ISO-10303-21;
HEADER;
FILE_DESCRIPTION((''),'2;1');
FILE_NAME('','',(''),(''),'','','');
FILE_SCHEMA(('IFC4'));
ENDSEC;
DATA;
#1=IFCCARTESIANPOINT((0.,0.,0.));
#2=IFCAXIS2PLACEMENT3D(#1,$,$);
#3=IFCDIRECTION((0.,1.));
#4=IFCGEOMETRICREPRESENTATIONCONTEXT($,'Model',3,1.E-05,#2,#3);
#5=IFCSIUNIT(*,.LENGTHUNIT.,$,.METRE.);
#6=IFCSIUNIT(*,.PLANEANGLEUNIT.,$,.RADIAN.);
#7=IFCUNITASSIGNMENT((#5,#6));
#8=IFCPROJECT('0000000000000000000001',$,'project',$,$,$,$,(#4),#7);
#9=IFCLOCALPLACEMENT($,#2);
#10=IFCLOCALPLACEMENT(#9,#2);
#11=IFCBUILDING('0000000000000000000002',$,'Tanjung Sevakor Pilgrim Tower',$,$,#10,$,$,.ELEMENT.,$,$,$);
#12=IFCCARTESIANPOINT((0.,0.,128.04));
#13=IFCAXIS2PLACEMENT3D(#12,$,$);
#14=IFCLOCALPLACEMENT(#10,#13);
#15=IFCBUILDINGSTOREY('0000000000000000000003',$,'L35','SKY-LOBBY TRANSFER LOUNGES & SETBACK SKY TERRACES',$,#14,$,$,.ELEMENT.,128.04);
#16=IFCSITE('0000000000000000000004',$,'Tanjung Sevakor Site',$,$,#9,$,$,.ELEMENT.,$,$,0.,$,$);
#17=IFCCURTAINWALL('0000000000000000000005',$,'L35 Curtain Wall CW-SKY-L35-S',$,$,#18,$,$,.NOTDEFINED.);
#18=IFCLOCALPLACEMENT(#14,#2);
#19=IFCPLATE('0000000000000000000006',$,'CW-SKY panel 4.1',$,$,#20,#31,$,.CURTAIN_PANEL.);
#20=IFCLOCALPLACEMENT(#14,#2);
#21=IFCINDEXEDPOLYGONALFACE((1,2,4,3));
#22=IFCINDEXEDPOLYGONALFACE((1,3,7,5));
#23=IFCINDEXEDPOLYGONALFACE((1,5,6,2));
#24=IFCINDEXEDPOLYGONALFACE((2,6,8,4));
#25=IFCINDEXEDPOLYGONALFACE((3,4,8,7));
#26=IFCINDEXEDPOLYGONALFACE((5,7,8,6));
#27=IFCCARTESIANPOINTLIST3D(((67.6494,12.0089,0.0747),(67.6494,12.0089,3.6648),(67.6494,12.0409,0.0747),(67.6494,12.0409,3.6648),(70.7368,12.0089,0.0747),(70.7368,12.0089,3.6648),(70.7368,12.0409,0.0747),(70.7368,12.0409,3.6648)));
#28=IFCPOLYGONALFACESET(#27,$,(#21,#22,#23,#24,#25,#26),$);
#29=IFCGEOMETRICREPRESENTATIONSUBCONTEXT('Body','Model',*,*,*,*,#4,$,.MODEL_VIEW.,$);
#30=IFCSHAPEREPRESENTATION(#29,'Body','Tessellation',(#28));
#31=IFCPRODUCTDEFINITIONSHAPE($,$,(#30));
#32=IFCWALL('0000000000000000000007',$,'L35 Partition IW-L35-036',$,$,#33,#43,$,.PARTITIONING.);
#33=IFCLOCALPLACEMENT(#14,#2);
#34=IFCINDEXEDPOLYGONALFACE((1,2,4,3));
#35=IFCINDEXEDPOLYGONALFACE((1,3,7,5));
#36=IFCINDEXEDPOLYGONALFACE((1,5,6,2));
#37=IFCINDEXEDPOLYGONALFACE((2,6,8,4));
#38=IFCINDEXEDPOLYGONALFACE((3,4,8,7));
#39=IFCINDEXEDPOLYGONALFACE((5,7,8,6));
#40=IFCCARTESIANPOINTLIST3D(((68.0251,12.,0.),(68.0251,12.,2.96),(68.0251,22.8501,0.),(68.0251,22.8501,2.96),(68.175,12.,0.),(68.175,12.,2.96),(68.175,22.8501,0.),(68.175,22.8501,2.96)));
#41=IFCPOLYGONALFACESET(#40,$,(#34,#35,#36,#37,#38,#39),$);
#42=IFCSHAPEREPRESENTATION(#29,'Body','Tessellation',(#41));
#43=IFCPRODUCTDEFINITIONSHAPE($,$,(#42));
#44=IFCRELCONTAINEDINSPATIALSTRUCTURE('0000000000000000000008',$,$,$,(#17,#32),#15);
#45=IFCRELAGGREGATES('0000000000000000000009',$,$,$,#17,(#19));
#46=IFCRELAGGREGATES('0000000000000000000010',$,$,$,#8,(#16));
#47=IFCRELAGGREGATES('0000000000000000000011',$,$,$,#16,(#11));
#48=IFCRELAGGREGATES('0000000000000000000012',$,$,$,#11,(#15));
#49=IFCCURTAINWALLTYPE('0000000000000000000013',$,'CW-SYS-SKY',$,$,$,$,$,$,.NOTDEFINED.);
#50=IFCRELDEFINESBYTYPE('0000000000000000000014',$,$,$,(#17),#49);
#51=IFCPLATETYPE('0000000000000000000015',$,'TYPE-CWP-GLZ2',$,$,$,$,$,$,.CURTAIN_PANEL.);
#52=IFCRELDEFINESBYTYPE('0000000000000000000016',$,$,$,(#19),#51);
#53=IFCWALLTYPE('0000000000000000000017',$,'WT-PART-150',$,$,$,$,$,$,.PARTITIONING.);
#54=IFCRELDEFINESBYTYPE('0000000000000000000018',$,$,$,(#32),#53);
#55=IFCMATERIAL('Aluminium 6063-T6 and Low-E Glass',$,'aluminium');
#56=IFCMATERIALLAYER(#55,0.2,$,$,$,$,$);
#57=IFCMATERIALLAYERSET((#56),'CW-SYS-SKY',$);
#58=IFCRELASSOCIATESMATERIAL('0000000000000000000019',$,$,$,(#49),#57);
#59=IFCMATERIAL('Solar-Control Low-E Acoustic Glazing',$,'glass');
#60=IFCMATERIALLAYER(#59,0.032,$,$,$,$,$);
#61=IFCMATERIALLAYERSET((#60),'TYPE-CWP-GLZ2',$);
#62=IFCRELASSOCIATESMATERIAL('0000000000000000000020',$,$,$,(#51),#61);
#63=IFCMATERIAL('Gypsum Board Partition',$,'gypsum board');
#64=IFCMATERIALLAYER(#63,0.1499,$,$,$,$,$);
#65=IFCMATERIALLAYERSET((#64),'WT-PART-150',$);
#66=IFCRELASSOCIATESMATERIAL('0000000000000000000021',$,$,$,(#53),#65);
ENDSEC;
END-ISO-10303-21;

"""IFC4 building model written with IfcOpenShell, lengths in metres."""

from ifc_helpers import new_model, si_unit, direction, frame, frame_2d, origin, origin_2d, place, context, subcontext, project, spatial, rectangle, extrude, material, layer, layer_set, type_object, element, aggregate, save


model = new_model("IFC4")

# Units and contexts
model_context = context("Model", 3, precision=1e-05, world=origin(), true_north=direction((0.0, 1.0)))
body_context = subcontext(model_context, "Body", "Model", "MODEL_VIEW")
ifc_project = project(units=[si_unit("LENGTHUNIT", "METRE"), si_unit("PLANEANGLEUNIT", "RADIAN")], contexts=[model_context])

# Site, building, storey
site_placement = place(None, origin())
site = spatial("IfcSite", under=ifc_project, at=site_placement, Name="Tanjung Sevakor Site", CompositionType="ELEMENT", RefElevation=0.0)
building_placement = place(site_placement, origin())
building = spatial("IfcBuilding", under=site, at=building_placement, Name="Tanjung Sevakor Pilgrim Tower", CompositionType="ELEMENT")
storey_placement = place(building_placement, frame((0.0, 0.0, 128.04)))
storey = spatial("IfcBuildingStorey", under=building, at=storey_placement, Name="L35", Description="SKY-LOBBY TRANSFER LOUNGES & SETBACK SKY TERRACES", CompositionType="ELEMENT", Elevation=128.04)

# Curtain wall, plate
ifc_material_1 = material(Name="Aluminium 6063-T6 and Low-E Glass", Category="aluminium")
ifc_layer_1 = layer(ifc_material_1, 0.2)
ifc_layer_set_1 = layer_set([ifc_layer_1], Name="CW-SYS-SKY")
curtain_wall_type = type_object("IfcCurtainWallType", Name="CW-SYS-SKY", PredefinedType="NOTDEFINED", material=ifc_layer_set_1)
curtain_wall_placement = place(storey_placement, origin())
curtain_wall = element("IfcCurtainWall", 1, at=curtain_wall_placement, inside=storey, type_object=curtain_wall_type, Name="L35 Curtain Wall CW-SKY-L35-S", PredefinedType="NOTDEFINED")
ifc_material_2 = material(Name="Solar-Control Low-E Acoustic Glazing", Category="glass")
ifc_layer_2 = layer(ifc_material_2, 0.032)
ifc_layer_set_2 = layer_set([ifc_layer_2], Name="TYPE-CWP-GLZ2")
plate_type = type_object("IfcPlateType", Name="TYPE-CWP-GLZ2", PredefinedType="CURTAIN_PANEL", material=ifc_layer_set_2)
plate_1_placement = place(storey_placement, frame((69.1931, 12.0249, 0.0747), z_axis=(0.0, 0.0, 1.0), x_axis=(1.0, 0.0, 0.0)))
plate_1 = element("IfcPlate", 2, at=plate_1_placement, type_object=plate_type, Name="CW-SKY panel 4.1", PredefinedType="CURTAIN_PANEL", context=body_context, shape_type="SweptSolid", body=[
    extrude(rectangle(XDim=3.0874, YDim=0.032, at=origin_2d()), origin(), (0.0, 0.0, 1.0), 3.5901),
])
aggregate(curtain_wall, [plate_1])

# Wall
ifc_material_3 = material(Name="Gypsum Board Partition", Category="gypsum board")
ifc_layer_3 = layer(ifc_material_3, 0.1499)
ifc_layer_set_3 = layer_set([ifc_layer_3], Name="WT-PART-150")
wall_type = type_object("IfcWallType", Name="WT-PART-150", PredefinedType="PARTITIONING", material=ifc_layer_set_3)
wall_placement = place(storey_placement, frame((68.1001, 12.0, 0.0), z_axis=(0.0, 0.0, 1.0), x_axis=(0.0, 1.0, 0.0)))
element("IfcWall", 3, at=wall_placement, inside=storey, type_object=wall_type, Name="L35 Partition IW-L35-036", PredefinedType="PARTITIONING", context=body_context, shape_type="SweptSolid", body=[
    extrude(rectangle(XDim=10.8501, YDim=0.1499, at=frame_2d((5.425, 0.0))), origin(), (0.0, 0.0, 1.0), 2.96),
])

save(model, "model.ifc")
